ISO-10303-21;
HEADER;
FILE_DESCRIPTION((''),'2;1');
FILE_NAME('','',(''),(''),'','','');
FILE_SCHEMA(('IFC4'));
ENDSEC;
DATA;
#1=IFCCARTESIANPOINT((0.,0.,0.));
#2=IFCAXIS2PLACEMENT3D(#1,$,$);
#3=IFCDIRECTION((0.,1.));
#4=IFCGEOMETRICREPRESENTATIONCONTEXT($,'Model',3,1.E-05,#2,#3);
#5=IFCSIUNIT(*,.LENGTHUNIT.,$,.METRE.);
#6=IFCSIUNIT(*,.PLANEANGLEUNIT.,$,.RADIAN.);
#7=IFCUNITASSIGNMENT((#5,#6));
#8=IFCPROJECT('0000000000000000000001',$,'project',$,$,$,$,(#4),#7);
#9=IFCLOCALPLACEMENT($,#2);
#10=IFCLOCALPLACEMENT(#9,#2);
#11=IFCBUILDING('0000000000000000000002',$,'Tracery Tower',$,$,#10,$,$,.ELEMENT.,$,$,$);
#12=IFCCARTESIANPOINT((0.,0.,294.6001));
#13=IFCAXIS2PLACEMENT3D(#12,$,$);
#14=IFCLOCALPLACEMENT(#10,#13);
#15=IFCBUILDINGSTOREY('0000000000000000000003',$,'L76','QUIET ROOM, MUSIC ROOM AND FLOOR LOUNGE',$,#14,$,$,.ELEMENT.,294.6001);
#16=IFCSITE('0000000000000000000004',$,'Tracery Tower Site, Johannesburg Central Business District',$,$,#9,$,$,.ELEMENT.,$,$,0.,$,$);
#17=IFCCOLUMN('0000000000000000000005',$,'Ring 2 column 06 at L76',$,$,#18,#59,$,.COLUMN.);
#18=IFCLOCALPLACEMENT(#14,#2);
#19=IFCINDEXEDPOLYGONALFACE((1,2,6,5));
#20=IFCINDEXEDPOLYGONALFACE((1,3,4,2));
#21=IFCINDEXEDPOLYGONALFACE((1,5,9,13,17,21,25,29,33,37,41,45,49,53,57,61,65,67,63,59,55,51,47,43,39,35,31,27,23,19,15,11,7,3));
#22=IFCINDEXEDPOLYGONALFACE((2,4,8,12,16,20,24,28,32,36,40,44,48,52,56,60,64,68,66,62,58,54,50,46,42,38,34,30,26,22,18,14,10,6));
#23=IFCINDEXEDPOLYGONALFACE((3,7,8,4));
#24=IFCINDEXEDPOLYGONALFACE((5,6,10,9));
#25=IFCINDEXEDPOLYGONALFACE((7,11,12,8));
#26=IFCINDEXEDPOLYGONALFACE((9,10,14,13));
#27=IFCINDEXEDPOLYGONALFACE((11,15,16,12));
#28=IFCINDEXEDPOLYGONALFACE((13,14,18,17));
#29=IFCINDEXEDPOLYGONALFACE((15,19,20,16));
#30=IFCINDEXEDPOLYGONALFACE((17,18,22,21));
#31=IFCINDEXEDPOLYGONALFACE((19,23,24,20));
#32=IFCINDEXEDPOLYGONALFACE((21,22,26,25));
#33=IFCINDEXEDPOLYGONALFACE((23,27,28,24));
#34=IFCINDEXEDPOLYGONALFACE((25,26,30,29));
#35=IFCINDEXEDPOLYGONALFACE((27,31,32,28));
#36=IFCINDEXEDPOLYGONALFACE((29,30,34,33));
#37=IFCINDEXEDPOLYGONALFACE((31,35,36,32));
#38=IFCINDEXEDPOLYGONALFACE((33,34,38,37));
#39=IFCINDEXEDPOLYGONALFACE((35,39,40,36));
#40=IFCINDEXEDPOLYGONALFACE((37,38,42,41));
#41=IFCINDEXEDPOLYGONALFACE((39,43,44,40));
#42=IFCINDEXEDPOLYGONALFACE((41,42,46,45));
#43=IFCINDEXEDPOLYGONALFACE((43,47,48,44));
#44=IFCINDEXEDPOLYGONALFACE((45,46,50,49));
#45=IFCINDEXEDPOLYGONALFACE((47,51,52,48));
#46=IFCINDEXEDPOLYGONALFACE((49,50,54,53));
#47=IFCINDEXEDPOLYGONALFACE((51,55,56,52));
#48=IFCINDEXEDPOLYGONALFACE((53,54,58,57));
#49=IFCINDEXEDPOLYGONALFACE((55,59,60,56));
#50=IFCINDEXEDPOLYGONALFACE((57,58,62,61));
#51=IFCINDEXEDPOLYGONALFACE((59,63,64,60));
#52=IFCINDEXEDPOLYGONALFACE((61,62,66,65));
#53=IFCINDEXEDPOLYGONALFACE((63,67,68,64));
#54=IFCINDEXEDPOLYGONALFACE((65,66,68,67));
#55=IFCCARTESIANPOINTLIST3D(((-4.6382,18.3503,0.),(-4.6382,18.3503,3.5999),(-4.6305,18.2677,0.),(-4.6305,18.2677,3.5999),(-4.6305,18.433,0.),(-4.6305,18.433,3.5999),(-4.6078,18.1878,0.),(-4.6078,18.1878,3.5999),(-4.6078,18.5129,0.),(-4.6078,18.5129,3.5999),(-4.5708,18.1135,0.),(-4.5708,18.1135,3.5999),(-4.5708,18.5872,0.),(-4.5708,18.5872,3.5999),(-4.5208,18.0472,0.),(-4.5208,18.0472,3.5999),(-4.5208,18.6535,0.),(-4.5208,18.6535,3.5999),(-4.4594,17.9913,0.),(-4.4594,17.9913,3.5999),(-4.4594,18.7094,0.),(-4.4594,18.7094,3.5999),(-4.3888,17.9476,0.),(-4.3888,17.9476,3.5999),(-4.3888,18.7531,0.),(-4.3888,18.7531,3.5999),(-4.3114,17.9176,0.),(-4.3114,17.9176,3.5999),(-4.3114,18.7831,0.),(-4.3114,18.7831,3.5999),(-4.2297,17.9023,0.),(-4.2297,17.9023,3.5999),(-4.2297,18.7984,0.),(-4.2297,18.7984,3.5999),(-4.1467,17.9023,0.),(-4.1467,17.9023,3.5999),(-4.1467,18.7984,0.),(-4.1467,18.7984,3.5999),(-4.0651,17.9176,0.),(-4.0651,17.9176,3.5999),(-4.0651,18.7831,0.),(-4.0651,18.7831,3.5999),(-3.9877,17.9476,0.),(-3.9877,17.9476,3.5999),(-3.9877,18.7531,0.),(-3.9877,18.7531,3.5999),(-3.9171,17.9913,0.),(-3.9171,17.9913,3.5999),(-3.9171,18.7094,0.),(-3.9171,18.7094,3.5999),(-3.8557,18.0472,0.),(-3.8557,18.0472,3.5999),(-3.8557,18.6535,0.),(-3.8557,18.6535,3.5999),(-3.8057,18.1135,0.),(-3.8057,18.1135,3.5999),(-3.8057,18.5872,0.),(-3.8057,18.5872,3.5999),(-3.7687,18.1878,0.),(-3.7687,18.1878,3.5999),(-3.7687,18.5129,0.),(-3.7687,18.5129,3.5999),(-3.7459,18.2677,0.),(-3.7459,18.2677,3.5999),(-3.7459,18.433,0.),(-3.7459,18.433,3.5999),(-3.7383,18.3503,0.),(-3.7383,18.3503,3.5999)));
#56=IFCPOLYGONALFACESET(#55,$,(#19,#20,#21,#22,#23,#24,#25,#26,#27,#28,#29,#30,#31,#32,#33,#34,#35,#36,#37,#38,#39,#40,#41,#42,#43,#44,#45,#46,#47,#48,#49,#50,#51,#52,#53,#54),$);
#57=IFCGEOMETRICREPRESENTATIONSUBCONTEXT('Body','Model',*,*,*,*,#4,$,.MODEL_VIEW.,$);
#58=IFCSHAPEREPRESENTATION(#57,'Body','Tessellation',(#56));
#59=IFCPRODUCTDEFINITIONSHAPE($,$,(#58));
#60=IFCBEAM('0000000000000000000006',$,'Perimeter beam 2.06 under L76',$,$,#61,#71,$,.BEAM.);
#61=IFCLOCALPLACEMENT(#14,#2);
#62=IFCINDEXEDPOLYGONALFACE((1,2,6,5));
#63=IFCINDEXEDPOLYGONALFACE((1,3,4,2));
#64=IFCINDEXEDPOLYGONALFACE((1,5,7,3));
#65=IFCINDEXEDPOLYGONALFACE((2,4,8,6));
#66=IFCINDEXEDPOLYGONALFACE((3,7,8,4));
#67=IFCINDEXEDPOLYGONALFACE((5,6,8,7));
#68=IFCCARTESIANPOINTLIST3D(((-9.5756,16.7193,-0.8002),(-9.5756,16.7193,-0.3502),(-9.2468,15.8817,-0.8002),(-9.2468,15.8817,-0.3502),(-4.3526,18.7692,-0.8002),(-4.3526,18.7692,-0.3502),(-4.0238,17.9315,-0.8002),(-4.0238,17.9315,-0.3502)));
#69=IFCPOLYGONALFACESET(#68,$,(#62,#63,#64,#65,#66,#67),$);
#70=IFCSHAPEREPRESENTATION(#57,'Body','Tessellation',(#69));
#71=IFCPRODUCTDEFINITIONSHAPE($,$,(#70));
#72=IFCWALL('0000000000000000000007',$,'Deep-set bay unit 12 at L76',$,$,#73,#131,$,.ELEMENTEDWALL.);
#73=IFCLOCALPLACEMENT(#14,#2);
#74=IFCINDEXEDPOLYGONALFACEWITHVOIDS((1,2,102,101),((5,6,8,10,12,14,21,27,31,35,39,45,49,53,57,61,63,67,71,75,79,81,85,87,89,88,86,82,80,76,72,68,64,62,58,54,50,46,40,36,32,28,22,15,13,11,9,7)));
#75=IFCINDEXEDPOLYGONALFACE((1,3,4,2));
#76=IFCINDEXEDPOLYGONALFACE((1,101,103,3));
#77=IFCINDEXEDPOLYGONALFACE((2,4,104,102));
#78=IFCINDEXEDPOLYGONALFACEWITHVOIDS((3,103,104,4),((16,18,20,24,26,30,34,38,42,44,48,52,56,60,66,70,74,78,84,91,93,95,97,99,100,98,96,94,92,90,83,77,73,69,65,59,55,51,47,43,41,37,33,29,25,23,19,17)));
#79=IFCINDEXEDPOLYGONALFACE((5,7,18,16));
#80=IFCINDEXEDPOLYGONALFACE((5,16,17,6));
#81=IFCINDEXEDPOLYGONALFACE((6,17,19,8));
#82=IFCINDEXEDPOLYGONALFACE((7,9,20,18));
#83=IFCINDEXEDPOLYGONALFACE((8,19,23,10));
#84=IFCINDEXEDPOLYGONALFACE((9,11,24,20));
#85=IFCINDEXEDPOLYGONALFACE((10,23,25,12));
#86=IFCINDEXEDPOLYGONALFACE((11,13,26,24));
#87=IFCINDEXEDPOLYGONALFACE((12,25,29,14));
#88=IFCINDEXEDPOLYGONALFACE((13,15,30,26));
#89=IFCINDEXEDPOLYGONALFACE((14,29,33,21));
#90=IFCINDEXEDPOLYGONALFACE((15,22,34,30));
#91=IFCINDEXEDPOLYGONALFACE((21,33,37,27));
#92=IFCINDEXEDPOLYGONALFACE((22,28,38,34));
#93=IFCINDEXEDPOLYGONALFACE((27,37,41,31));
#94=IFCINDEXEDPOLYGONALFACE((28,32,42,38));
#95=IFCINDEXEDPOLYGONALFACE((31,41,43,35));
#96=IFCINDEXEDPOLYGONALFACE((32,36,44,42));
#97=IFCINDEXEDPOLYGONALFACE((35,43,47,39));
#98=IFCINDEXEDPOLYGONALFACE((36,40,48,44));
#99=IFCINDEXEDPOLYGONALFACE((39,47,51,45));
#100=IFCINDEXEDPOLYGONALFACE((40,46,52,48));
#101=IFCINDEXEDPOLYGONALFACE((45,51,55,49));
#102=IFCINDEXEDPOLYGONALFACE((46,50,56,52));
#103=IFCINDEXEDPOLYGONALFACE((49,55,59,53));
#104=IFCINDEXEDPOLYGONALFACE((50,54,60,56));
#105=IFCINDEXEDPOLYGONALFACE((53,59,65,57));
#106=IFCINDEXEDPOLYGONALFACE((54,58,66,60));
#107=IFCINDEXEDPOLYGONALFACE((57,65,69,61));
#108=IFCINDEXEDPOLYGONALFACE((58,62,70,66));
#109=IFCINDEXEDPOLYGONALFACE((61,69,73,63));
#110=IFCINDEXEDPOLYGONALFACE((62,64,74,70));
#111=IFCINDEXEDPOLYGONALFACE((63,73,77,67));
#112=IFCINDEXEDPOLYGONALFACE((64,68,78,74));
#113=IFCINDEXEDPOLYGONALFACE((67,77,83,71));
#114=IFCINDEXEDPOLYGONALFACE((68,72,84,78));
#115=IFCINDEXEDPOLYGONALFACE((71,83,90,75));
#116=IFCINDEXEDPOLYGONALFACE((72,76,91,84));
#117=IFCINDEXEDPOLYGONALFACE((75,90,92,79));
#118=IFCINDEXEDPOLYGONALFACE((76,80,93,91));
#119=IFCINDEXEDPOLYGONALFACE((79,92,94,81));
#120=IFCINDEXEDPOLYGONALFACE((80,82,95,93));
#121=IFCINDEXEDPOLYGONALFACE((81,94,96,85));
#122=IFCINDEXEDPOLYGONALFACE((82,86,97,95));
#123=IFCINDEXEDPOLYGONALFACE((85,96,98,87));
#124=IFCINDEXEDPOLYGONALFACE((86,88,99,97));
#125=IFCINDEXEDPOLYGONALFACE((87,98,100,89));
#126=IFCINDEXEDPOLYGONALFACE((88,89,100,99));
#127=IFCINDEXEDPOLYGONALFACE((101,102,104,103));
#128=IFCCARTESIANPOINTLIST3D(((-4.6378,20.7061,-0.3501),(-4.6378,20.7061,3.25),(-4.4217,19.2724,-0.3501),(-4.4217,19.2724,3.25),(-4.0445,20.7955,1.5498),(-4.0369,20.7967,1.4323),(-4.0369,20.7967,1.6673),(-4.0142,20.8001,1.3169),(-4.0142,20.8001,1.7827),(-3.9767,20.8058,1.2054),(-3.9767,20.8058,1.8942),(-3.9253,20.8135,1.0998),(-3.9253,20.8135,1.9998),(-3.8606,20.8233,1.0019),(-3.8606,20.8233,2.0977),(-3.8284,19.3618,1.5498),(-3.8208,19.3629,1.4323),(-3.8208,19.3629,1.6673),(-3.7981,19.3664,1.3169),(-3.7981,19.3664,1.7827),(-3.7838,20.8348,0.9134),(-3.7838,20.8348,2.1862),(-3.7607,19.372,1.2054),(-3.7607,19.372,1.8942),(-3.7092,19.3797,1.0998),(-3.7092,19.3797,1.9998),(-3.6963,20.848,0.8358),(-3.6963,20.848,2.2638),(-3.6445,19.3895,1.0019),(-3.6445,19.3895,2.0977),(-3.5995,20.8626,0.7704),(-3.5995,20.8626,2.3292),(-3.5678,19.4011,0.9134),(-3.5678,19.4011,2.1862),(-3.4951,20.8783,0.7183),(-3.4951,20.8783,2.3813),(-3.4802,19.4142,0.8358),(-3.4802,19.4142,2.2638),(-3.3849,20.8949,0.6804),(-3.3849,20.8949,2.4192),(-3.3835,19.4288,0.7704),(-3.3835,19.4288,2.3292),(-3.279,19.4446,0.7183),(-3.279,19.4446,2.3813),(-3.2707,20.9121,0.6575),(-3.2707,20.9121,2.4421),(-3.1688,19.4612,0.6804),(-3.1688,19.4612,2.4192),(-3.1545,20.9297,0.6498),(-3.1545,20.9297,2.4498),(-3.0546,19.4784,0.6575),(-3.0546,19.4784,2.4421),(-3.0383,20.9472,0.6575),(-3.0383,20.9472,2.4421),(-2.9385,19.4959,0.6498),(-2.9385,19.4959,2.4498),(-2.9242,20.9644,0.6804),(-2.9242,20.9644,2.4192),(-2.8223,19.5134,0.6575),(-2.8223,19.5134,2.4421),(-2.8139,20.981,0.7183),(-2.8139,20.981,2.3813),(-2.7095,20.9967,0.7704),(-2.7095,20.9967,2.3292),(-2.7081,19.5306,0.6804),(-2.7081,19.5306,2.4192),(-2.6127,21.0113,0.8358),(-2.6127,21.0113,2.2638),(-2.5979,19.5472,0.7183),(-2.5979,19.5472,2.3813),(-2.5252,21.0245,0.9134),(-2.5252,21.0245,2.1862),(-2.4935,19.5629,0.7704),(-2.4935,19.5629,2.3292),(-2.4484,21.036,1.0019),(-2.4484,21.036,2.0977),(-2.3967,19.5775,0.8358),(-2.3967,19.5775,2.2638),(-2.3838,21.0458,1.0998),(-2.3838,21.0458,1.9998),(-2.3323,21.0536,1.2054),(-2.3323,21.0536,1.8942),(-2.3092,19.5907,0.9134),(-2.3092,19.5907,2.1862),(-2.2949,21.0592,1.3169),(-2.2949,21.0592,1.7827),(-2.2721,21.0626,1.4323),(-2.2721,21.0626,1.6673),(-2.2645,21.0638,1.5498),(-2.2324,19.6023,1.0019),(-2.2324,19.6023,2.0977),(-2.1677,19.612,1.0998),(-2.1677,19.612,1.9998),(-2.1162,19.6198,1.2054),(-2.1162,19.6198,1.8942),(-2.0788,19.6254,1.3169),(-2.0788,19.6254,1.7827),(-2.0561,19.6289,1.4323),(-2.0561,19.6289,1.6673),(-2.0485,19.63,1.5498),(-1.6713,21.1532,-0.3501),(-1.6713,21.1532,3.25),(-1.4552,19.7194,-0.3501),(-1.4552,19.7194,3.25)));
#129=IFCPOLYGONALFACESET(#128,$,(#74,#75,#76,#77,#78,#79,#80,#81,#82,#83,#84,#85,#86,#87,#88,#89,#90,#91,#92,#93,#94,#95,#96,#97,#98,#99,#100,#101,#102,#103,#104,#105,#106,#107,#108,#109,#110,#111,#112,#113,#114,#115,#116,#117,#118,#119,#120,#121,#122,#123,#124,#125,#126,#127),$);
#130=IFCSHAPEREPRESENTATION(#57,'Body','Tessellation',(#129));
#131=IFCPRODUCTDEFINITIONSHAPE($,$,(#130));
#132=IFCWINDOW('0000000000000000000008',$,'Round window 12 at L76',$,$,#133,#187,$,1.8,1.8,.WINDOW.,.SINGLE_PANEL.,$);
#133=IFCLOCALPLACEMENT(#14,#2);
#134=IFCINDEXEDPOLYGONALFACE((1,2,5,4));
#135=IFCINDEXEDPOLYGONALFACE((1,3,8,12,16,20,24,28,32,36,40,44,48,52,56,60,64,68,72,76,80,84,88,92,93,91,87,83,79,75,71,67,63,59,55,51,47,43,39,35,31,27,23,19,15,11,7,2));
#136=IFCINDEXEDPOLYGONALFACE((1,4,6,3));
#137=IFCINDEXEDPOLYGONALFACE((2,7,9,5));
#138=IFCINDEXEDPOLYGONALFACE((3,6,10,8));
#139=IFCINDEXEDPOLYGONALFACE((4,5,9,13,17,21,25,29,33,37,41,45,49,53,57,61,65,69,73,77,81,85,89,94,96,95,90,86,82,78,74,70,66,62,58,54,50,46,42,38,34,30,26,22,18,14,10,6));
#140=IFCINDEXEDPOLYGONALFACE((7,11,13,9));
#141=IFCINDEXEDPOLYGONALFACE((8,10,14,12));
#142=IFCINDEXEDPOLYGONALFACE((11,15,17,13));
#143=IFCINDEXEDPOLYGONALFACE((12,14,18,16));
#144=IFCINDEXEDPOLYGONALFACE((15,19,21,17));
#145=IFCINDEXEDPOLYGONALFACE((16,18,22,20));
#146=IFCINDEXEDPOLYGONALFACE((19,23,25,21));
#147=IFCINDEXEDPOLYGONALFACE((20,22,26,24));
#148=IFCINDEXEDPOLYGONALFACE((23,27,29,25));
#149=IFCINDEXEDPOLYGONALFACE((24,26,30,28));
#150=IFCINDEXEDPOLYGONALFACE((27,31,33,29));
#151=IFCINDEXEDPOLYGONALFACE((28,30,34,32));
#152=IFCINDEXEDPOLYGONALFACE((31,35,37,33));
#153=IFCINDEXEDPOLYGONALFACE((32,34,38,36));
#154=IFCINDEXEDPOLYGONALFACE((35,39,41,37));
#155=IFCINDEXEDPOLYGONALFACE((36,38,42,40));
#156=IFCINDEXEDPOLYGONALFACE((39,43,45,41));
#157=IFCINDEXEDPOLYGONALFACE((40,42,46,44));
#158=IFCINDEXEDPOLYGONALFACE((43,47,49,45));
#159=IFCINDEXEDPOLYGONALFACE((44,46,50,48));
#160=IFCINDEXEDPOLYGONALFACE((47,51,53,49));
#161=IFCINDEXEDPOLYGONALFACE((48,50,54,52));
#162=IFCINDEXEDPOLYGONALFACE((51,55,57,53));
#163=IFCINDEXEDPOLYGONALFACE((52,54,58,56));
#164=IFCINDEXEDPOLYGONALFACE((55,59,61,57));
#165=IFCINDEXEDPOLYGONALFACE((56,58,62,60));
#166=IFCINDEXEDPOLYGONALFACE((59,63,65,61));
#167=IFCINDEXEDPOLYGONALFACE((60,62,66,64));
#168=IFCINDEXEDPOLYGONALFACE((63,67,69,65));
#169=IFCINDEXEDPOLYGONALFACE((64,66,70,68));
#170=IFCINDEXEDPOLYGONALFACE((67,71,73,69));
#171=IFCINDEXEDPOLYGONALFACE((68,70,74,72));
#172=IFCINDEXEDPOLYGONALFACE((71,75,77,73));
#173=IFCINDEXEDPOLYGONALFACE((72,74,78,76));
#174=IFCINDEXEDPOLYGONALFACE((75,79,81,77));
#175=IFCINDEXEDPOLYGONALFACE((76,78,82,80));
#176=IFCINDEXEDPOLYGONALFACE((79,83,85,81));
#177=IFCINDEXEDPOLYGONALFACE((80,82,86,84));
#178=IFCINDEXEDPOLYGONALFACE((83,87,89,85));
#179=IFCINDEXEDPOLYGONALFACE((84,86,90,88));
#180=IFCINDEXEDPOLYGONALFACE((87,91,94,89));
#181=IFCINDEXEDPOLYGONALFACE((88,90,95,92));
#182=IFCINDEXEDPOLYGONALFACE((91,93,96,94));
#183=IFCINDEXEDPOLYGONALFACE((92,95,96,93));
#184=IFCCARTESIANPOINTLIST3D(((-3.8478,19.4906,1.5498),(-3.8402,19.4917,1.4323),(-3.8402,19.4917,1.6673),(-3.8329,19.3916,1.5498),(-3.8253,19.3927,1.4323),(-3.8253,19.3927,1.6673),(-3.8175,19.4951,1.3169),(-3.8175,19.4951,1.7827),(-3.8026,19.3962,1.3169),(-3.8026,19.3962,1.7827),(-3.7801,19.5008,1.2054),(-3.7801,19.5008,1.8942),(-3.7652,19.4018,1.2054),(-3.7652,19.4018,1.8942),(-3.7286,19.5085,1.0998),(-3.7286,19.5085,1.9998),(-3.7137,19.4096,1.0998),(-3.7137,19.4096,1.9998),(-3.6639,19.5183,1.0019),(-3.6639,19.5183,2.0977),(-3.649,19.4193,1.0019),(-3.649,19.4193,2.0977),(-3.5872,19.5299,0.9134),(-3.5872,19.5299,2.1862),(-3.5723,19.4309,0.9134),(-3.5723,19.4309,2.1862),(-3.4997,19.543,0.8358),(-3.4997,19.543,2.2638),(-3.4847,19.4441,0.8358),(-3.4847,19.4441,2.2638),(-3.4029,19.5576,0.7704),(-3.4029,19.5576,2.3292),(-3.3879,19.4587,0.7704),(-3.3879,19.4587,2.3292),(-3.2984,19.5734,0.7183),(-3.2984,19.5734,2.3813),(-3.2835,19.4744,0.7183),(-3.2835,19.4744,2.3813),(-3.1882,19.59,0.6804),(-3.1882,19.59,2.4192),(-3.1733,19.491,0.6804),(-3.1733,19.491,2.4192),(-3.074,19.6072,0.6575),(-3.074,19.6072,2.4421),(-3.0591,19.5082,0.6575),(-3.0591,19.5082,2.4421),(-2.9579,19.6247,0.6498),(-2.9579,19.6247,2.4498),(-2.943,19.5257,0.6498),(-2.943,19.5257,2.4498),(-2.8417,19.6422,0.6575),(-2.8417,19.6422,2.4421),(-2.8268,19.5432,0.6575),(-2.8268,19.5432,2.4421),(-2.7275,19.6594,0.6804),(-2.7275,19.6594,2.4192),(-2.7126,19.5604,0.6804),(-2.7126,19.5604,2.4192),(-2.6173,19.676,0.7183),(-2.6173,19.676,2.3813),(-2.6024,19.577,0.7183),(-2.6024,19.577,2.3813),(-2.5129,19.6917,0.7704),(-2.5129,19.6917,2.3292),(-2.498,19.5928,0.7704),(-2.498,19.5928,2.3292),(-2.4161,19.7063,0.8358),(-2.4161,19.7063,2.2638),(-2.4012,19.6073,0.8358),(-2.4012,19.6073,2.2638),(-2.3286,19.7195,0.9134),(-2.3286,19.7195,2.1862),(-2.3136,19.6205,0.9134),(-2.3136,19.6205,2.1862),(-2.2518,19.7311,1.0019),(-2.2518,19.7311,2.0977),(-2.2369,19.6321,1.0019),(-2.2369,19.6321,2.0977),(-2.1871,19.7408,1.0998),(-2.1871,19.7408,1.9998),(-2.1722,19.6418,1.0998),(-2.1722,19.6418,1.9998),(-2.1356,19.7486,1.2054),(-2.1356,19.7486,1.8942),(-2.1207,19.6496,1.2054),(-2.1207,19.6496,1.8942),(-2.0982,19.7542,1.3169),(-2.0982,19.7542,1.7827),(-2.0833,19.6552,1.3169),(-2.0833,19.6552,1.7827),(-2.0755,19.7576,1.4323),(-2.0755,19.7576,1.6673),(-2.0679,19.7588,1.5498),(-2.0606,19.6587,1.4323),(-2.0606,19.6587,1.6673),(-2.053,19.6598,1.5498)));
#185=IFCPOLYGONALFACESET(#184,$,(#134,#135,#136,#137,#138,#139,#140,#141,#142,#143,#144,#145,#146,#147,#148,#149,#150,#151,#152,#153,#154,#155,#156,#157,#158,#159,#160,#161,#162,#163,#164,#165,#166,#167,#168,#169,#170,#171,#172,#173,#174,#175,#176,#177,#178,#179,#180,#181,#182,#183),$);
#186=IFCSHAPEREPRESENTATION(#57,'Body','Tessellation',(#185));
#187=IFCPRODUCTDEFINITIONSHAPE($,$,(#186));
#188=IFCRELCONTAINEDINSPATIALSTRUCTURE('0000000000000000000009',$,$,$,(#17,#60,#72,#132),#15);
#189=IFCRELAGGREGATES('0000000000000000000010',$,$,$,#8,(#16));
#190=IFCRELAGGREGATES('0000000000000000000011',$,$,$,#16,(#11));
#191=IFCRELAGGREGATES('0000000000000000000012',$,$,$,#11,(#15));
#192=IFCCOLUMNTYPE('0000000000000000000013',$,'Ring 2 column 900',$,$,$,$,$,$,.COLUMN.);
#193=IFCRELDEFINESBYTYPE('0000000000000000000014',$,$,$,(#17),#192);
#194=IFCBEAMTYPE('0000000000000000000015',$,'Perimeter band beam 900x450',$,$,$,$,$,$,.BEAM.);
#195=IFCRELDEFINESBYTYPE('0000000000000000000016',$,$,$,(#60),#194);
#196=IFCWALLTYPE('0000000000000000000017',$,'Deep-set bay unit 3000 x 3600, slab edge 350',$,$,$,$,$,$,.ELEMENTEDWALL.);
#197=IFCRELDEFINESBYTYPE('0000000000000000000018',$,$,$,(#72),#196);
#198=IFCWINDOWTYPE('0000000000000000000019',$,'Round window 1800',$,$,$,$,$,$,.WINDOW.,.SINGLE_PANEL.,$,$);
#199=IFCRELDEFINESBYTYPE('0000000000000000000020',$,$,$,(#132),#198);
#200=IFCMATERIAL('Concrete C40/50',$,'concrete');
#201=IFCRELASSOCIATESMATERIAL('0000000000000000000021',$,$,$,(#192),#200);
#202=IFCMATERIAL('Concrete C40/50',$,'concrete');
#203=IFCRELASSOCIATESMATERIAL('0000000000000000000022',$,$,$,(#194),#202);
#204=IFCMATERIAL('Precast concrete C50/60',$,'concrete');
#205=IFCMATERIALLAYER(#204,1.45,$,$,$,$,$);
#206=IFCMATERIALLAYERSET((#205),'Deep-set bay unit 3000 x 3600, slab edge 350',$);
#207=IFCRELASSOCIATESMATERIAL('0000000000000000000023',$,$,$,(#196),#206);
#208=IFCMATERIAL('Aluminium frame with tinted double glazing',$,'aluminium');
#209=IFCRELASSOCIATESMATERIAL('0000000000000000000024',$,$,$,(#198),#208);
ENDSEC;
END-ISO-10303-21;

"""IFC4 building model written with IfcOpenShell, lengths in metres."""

from ifc_helpers import new_model, si_unit, direction, frame, frame_2d, origin, origin_2d, place, context, subcontext, project, spatial, rectangle, circle, extrude, material, layer, layer_set, material_profile, profile_set, type_object, element, fill, save


model = new_model("IFC4")

# Units and contexts
model_context = context("Model", 3, precision=1e-05, world=origin(), true_north=direction((0.0, 1.0)))
body_context = subcontext(model_context, "Body", "Model", "MODEL_VIEW")
ifc_project = project(units=[si_unit("LENGTHUNIT", "METRE"), si_unit("PLANEANGLEUNIT", "RADIAN")], contexts=[model_context])

# Site, building, storey
site_placement = place(None, origin())
site = spatial("IfcSite", under=ifc_project, at=site_placement, Name="Tracery Tower Site, Johannesburg Central Business District", CompositionType="ELEMENT", RefElevation=0.0)
building_placement = place(site_placement, origin())
building = spatial("IfcBuilding", under=site, at=building_placement, Name="Tracery Tower", CompositionType="ELEMENT")
storey_placement = place(building_placement, frame((0.0, 0.0, 294.6001)))
storey = spatial("IfcBuildingStorey", under=building, at=storey_placement, Name="L76", Description="QUIET ROOM, MUSIC ROOM AND FLOOR LOUNGE", CompositionType="ELEMENT", Elevation=294.6001)

# Column
ifc_material_1 = material(Name="Concrete C40/50", Category="concrete")
ifc_material_profile_1 = material_profile(ifc_material_1, circle(Radius=0.45, at=origin_2d()), Name="RC D900")
ifc_profile_set_1 = profile_set([ifc_material_profile_1], Name="Concrete C40/50")
column_type = type_object("IfcColumnType", Name="Ring 2 column 900", PredefinedType="COLUMN", material=ifc_profile_set_1)
column_placement = place(storey_placement, frame((-4.1882, 18.3503, 0.0), z_axis=(0.0, 0.0, 1.0), x_axis=(1.0, 0.0, 0.0)))
element("IfcColumn", 1, at=column_placement, inside=storey, type_object=column_type, Name="Ring 2 column 06 at L76", PredefinedType="COLUMN", context=body_context, shape_type="SweptSolid", body=[
    extrude(circle(Radius=0.45, at=origin_2d()), origin(), (0.0, 0.0, 1.0), 3.5999),
])

# Beam
ifc_material_2 = material(Name="Concrete C40/50", Category="concrete")
ifc_material_profile_2 = material_profile(ifc_material_2, rectangle(XDim=0.8999, YDim=0.45, at=origin_2d()), Name="RC 900x450")
ifc_profile_set_2 = profile_set([ifc_material_profile_2], Name="Concrete C40/50")
beam_type = type_object("IfcBeamType", Name="Perimeter band beam 900x450", PredefinedType="BEAM", material=ifc_profile_set_2)
beam_placement = place(storey_placement, frame((-4.1882, 18.3503, -0.5752), z_axis=(-0.930876, -0.365336, 0.0), x_axis=(0.365336, -0.930876, 0.0)))
element("IfcBeam", 2, at=beam_placement, inside=storey, type_object=beam_type, Name="Perimeter beam 2.06 under L76", PredefinedType="BEAM", context=body_context, shape_type="SweptSolid", body=[
    extrude(rectangle(XDim=0.8999, YDim=0.45, at=origin_2d()), origin(), (0.0, 0.0, 1.0), 5.6108),
])

# Wall, opening, window
ifc_material_3 = material(Name="Precast concrete C50/60", Category="concrete")
ifc_layer_1 = layer(ifc_material_3, 1.45)
ifc_layer_set_1 = layer_set([ifc_layer_1], Name="Deep-set bay unit 3000 x 3600, slab edge 350")
wall_type_1 = type_object("IfcWallType", Name="Deep-set bay unit 3000 x 3600, slab edge 350", PredefinedType="ELEMENTEDWALL", material=ifc_layer_set_1)
wall_1_placement = place(storey_placement, frame((-1.5632, 20.4363, -0.3501), z_axis=(0.0, 0.0, 1.0), x_axis=(-0.988836, -0.149005, 0.0)))
wall_1 = element("IfcWall", 3, at=wall_1_placement, inside=storey, type_object=wall_type_1, Name="Deep-set bay unit 12 at L76", PredefinedType="ELEMENTEDWALL", context=body_context, shape_type="SweptSolid", body=[
    extrude(rectangle(XDim=3.0, YDim=1.45, at=frame_2d((1.5, 0.0))), origin(), (0.0, 0.0, 1.0), 3.6001),
])
opening_1_placement = place(wall_1_placement, frame((1.5, 0.0, 1.8999)))
opening_1 = element("IfcOpeningElement", 4, at=opening_1_placement, cuts=wall_1, PredefinedType="OPENING", context=body_context, shape_type="SweptSolid", body=[
    extrude(circle(Radius=0.9, at=origin_2d()), frame((0.0, 0.7349, 0.0), z_axis=(0.0, -1.0, 0.0), x_axis=(1.0, 0.0, 0.0)), (0.0, 0.0, 1.0), 1.47),
])
ifc_material_4 = material(Name="Aluminium frame with tinted double glazing", Category="aluminium")
window_type = type_object("IfcWindowType", Name="Round window 1800", PartitioningType="SINGLE_PANEL", PredefinedType="WINDOW", material=ifc_material_4)
window_1_placement = place(opening_1_placement, origin())
window_1 = element("IfcWindow", 5, at=window_1_placement, inside=storey, type_object=window_type, Name="Round window 12 at L76", OverallHeight=1.8, OverallWidth=1.8, PartitioningType="SINGLE_PANEL", PredefinedType="WINDOW", context=body_context, shape_type="SweptSolid", body=[
    extrude(circle(Radius=0.9, at=origin_2d()), frame((0.0, 0.6948, 0.0), z_axis=(0.0, -1.0, 0.0), x_axis=(1.0, 0.0, 0.0)), (0.0, 0.0, 1.0), 0.1001),
])
fill(opening_1, window_1)

save(model, "model.ifc")
